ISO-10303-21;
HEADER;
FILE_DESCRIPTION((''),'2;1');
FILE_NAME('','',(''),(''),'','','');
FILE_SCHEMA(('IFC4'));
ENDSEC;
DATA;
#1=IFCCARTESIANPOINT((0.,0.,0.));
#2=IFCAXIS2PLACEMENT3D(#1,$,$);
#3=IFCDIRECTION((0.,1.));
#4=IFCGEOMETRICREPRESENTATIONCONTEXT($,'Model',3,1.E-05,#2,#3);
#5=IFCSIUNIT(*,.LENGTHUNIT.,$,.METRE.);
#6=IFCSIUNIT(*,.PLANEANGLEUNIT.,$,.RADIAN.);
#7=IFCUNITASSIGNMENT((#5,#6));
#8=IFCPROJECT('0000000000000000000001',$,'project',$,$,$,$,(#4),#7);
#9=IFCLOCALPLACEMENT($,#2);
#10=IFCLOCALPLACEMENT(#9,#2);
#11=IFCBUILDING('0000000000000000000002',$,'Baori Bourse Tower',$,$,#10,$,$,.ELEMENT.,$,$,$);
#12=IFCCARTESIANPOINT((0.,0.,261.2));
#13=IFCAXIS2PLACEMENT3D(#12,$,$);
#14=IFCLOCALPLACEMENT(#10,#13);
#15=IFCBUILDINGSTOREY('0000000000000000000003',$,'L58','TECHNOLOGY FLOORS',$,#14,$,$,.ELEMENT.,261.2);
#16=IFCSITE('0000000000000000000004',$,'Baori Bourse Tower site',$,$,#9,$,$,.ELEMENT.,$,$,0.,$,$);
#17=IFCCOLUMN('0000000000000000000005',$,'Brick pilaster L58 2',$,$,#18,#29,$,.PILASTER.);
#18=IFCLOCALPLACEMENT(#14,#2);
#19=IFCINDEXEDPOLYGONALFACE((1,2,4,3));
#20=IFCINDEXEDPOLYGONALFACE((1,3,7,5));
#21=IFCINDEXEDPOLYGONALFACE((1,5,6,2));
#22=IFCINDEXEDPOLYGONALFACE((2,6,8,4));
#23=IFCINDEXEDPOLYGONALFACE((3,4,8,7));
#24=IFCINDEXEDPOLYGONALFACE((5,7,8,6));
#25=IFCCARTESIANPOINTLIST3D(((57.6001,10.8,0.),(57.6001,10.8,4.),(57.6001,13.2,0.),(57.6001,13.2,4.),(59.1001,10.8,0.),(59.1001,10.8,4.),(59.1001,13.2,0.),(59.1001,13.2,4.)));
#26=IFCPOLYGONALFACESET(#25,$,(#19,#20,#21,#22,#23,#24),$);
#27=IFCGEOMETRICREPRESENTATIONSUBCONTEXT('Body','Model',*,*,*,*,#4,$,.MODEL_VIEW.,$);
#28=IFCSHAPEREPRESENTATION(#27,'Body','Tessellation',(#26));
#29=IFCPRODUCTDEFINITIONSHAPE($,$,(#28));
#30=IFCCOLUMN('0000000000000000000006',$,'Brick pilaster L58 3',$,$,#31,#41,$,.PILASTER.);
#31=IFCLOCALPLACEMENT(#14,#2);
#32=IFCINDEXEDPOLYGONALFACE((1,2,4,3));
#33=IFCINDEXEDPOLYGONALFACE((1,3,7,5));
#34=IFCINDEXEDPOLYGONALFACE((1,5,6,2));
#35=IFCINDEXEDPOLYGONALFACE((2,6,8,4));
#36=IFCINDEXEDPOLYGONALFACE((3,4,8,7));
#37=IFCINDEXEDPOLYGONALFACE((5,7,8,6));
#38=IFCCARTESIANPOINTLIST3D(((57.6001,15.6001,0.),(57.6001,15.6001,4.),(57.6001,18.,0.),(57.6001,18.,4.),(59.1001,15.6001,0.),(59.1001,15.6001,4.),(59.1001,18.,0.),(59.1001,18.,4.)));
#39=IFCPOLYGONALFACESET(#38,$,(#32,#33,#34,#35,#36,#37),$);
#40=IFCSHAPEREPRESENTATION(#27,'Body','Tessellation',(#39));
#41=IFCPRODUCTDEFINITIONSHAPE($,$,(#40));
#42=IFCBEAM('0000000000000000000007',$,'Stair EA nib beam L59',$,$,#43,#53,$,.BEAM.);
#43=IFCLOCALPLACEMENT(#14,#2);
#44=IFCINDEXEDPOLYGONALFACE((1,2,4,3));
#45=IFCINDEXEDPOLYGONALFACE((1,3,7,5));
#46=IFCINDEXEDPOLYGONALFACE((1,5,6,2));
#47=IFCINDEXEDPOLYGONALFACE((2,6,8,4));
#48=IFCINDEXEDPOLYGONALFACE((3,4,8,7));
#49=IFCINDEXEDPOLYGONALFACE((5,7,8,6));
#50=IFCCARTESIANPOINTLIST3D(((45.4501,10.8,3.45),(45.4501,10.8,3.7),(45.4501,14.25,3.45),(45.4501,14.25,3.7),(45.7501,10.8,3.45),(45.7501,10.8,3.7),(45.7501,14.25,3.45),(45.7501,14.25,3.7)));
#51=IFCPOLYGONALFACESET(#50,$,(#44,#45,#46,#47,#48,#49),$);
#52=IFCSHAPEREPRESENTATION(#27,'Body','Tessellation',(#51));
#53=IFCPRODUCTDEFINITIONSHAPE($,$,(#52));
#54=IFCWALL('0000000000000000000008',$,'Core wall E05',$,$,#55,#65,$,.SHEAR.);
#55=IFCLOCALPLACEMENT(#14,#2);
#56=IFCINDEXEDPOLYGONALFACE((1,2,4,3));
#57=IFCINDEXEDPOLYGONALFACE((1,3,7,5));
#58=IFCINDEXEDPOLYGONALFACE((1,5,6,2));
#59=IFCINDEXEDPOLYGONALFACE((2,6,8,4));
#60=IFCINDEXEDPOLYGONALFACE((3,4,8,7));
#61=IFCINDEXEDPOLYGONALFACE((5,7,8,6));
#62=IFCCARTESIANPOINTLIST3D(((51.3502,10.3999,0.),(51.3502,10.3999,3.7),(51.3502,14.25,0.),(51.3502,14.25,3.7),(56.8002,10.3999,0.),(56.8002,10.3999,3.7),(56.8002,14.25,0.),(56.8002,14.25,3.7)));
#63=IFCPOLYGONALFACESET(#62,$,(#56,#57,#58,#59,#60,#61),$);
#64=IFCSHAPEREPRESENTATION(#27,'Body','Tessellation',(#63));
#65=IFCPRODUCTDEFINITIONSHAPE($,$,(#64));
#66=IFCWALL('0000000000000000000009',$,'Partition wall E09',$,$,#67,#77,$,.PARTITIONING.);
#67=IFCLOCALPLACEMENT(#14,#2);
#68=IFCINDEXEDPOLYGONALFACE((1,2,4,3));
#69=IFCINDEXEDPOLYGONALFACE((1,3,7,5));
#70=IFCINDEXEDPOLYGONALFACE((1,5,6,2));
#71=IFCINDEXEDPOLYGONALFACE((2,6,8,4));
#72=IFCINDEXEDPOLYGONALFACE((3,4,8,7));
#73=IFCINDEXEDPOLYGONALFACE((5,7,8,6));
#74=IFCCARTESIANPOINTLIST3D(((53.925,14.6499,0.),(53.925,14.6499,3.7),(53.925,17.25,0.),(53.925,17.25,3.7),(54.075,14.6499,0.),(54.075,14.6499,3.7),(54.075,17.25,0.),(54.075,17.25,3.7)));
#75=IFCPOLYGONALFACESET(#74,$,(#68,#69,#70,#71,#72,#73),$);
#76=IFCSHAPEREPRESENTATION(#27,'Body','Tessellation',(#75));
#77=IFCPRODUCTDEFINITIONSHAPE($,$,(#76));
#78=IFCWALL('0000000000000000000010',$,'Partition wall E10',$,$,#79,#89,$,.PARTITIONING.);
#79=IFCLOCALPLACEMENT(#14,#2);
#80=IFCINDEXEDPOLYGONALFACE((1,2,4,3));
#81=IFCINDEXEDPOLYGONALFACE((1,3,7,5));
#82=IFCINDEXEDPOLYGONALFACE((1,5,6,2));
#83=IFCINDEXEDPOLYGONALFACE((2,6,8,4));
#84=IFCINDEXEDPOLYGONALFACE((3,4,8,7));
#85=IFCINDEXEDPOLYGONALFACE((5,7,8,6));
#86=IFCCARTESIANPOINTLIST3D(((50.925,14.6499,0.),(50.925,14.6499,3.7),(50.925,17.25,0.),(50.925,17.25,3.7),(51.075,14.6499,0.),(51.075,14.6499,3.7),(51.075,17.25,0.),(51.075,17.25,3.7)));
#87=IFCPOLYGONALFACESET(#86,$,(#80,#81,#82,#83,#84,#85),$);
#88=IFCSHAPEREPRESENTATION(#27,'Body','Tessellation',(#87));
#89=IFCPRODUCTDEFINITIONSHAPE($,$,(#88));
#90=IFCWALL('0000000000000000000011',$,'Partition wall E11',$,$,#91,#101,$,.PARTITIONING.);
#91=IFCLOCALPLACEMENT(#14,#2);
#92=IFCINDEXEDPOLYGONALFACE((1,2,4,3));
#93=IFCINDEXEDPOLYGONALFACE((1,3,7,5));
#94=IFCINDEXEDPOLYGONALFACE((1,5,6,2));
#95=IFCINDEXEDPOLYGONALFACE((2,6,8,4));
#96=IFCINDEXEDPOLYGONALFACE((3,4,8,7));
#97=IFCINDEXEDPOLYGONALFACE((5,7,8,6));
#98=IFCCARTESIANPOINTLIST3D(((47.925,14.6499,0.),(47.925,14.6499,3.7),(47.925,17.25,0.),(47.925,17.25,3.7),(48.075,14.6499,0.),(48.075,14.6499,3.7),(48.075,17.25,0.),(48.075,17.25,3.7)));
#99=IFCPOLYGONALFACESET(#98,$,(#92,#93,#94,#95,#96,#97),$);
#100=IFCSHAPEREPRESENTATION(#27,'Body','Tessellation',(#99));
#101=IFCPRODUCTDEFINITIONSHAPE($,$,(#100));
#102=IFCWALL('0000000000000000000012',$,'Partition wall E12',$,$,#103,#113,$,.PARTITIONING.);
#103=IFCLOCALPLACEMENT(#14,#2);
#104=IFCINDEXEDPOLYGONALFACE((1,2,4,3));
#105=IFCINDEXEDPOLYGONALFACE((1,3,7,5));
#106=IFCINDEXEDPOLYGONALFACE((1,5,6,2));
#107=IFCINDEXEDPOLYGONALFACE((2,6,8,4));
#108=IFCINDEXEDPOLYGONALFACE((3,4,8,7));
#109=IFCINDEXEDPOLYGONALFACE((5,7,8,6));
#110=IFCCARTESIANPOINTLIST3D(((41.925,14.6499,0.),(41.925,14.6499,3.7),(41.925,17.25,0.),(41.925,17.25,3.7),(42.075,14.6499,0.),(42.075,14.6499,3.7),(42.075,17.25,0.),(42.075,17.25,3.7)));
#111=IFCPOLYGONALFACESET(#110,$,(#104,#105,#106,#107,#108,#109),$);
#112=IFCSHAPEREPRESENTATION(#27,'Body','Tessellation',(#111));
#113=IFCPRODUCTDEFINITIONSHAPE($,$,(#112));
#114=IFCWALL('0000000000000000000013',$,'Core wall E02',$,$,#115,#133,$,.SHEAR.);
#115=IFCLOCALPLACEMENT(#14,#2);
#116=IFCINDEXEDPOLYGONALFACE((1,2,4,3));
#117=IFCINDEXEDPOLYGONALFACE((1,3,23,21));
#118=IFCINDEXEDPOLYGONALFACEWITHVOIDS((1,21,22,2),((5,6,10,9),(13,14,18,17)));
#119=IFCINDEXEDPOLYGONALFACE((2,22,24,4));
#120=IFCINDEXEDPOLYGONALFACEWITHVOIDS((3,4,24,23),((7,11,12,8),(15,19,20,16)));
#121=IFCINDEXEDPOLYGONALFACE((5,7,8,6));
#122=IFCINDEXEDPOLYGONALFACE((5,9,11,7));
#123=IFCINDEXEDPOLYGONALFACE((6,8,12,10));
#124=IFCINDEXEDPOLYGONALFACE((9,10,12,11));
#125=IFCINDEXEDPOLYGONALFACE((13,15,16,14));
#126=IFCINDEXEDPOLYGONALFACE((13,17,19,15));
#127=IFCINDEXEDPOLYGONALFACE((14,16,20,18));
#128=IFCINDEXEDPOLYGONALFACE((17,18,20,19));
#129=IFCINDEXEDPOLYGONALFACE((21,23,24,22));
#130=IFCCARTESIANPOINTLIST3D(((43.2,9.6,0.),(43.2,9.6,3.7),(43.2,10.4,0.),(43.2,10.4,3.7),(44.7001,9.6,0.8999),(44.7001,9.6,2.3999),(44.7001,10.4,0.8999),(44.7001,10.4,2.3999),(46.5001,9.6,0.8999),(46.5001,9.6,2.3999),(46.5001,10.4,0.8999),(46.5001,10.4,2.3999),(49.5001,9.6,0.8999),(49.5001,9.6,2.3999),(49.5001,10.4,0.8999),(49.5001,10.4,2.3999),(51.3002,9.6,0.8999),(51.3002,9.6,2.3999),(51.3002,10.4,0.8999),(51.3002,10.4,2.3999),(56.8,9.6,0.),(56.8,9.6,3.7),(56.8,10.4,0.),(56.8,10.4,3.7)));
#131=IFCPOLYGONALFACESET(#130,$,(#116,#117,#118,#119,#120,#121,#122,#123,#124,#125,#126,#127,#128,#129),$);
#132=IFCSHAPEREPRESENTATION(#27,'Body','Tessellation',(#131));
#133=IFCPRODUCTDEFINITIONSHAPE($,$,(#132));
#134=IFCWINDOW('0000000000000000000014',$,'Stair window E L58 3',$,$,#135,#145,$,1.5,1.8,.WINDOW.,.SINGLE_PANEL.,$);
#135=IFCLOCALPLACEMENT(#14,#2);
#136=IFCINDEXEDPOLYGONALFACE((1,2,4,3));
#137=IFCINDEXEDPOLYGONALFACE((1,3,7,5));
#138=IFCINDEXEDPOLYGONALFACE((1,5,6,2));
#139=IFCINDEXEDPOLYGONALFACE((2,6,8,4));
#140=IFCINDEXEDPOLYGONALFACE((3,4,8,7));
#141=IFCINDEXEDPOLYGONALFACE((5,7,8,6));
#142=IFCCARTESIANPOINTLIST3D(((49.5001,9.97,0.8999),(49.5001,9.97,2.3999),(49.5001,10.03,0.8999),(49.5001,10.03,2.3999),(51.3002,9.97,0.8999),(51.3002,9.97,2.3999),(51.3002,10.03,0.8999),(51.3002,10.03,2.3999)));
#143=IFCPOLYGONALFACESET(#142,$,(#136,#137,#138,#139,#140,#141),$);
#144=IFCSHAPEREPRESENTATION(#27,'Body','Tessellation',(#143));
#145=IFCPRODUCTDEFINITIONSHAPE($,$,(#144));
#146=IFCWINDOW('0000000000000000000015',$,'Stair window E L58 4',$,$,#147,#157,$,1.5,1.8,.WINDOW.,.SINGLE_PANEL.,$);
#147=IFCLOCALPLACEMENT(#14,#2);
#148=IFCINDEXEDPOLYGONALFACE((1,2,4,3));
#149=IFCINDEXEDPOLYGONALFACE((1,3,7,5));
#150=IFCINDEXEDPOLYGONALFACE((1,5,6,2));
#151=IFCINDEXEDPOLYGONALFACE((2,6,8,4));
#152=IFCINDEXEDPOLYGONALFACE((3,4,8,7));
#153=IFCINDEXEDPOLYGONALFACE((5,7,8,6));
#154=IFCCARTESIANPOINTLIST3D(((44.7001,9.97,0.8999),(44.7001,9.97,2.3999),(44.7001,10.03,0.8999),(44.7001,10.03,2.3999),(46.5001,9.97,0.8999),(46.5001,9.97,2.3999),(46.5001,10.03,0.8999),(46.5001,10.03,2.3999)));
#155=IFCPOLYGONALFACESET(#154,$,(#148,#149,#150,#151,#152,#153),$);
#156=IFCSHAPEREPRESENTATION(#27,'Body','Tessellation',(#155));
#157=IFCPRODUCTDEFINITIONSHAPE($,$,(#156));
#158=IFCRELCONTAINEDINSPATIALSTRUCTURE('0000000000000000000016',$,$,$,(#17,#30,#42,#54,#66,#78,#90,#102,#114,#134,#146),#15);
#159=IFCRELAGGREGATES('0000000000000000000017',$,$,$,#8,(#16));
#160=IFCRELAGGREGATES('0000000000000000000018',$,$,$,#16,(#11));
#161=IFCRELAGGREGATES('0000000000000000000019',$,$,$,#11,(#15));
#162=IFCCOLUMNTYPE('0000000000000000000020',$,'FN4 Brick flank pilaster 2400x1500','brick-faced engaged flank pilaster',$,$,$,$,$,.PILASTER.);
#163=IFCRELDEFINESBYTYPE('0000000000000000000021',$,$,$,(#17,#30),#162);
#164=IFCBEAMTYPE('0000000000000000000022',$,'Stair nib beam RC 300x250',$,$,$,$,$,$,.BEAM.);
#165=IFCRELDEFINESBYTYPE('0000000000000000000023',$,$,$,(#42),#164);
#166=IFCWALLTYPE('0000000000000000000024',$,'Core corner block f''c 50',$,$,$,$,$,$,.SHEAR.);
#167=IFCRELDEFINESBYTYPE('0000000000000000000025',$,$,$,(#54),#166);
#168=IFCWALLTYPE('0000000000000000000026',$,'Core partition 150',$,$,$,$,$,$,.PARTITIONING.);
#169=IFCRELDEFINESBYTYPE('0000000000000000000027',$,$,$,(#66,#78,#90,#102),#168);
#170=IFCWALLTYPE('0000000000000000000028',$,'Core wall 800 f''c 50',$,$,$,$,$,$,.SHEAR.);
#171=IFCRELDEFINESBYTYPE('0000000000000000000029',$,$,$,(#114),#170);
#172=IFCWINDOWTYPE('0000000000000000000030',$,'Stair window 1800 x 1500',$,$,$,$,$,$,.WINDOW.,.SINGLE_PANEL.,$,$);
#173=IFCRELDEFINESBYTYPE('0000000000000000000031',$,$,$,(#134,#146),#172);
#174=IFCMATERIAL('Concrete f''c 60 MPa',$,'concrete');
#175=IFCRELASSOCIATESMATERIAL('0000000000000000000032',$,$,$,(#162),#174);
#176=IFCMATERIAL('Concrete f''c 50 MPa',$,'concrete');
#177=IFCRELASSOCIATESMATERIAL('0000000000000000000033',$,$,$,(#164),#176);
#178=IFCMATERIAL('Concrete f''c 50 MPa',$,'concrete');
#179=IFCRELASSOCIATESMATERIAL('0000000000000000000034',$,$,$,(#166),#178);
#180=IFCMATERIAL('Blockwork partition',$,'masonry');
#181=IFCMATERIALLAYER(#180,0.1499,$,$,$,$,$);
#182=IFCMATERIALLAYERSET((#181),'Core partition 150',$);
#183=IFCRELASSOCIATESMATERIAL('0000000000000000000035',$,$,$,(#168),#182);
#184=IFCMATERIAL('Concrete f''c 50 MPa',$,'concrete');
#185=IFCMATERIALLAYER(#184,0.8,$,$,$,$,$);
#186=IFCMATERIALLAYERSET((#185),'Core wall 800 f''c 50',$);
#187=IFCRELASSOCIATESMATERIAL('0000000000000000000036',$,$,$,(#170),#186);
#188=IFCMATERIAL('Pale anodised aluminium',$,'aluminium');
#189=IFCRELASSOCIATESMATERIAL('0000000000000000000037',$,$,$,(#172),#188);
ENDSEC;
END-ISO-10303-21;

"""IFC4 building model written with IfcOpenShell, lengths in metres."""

from ifc_helpers import new_model, si_unit, direction, frame, frame_2d, origin, origin_2d, place, context, subcontext, project, spatial, rectangle, extrude, material, layer, layer_set, material_profile, profile_set, type_object, element, fill, save


model = new_model("IFC4")

# Units and contexts
model_context = context("Model", 3, precision=1e-05, world=origin(), true_north=direction((0.0, 1.0)))
body_context = subcontext(model_context, "Body", "Model", "MODEL_VIEW")
ifc_project = project(units=[si_unit("LENGTHUNIT", "METRE"), si_unit("PLANEANGLEUNIT", "RADIAN")], contexts=[model_context])

# Site, building, storey
site_placement = place(None, origin())
site = spatial("IfcSite", under=ifc_project, at=site_placement, Name="Baori Bourse Tower site", CompositionType="ELEMENT", RefElevation=0.0)
building_placement = place(site_placement, origin())
building = spatial("IfcBuilding", under=site, at=building_placement, Name="Baori Bourse Tower", CompositionType="ELEMENT")
storey_placement = place(building_placement, frame((0.0, 0.0, 261.2)))
storey = spatial("IfcBuildingStorey", under=building, at=storey_placement, Name="L58", Description="TECHNOLOGY FLOORS", CompositionType="ELEMENT", Elevation=261.2)

# Columns
ifc_material_1 = material(Name="Concrete f'c 60 MPa", Category="concrete")
ifc_material_profile_1 = material_profile(ifc_material_1, rectangle(XDim=2.3999, YDim=1.5, at=origin_2d()), Name="RC 2400x1500")
ifc_profile_set_1 = profile_set([ifc_material_profile_1], Name="Concrete f'c 60 MPa")
column_type = type_object("IfcColumnType", Name="FN4 Brick flank pilaster 2400x1500", Description="brick-faced engaged flank pilaster", PredefinedType="PILASTER", material=ifc_profile_set_1)
for number, where, z_axis, x_axis, name in (
    (1, (58.3501, 12.0, 0.0), (0.0, 0.0, 1.0), (0.0, 1.0, 0.0), "Brick pilaster L58 2"),
    (2, (58.3501, 16.8, 0.0), (0.0, 0.0, 1.0), (0.0, 1.0, 0.0), "Brick pilaster L58 3"),
):
    element("IfcColumn", number, at=place(storey_placement, frame(where, z_axis=z_axis, x_axis=x_axis)), inside=storey, type_object=column_type, Name=name, PredefinedType="PILASTER", context=body_context, shape_type="SweptSolid", body=[
        extrude(rectangle(XDim=2.3999, YDim=1.5, at=origin_2d()), origin(), (0.0, 0.0, 1.0), 4.0),
    ])

# Beam
ifc_material_2 = material(Name="Concrete f'c 50 MPa", Category="concrete")
ifc_material_profile_2 = material_profile(ifc_material_2, rectangle(XDim=0.3, YDim=0.25, at=origin_2d()), Name="RC 300x250")
ifc_profile_set_2 = profile_set([ifc_material_profile_2], Name="Concrete f'c 50 MPa")
beam_type = type_object("IfcBeamType", Name="Stair nib beam RC 300x250", PredefinedType="BEAM", material=ifc_profile_set_2)
beam_placement = place(storey_placement, frame((45.6001, 10.8, 3.575), z_axis=(0.0, 1.0, 0.0), x_axis=(-1.0, 0.0, 0.0)))
element("IfcBeam", 3, at=beam_placement, inside=storey, type_object=beam_type, Name="Stair EA nib beam L59", PredefinedType="BEAM", context=body_context, shape_type="SweptSolid", body=[
    extrude(rectangle(XDim=0.3, YDim=0.25, at=origin_2d()), origin(), (0.0, 0.0, 1.0), 3.45),
])

# Walls
ifc_material_3 = material(Name="Concrete f'c 50 MPa", Category="concrete")
wall_type_1 = type_object("IfcWallType", Name="Core corner block f'c 50", PredefinedType="SHEAR", material=ifc_material_3)
wall_1_placement = place(storey_placement, frame((51.3501, 12.325, 0.0), z_axis=(0.0, 0.0, 1.0), x_axis=(1.0, 0.0, 0.0)))
element("IfcWall", 4, at=wall_1_placement, inside=storey, type_object=wall_type_1, Name="Core wall E05", PredefinedType="SHEAR", context=body_context, shape_type="SweptSolid", body=[
    extrude(rectangle(XDim=5.45, YDim=3.8501, at=frame_2d((2.7251, 0.0))), origin(), (0.0, 0.0, 1.0), 3.7),
])
ifc_material_4 = material(Name="Blockwork partition", Category="masonry")
ifc_layer_1 = layer(ifc_material_4, 0.1499)
ifc_layer_set_1 = layer_set([ifc_layer_1], Name="Core partition 150")
wall_type_2 = type_object("IfcWallType", Name="Core partition 150", PredefinedType="PARTITIONING", material=ifc_layer_set_1)
for number, where, z_axis, x_axis, name in (
    (5, (54.0, 14.6499, 0.0), (0.0, 0.0, 1.0), (0.0, 1.0, 0.0), "Partition wall E09"),
    (6, (51.0, 14.6499, 0.0), (0.0, 0.0, 1.0), (0.0, 1.0, 0.0), "Partition wall E10"),
    (7, (48.0, 14.6499, 0.0), (0.0, 0.0, 1.0), (0.0, 1.0, 0.0), "Partition wall E11"),
    (8, (42.0, 14.6499, 0.0), (0.0, 0.0, 1.0), (0.0, 1.0, 0.0), "Partition wall E12"),
):
    element("IfcWall", number, at=place(storey_placement, frame(where, z_axis=z_axis, x_axis=x_axis)), inside=storey, type_object=wall_type_2, Name=name, PredefinedType="PARTITIONING", context=body_context, shape_type="SweptSolid", body=[
        extrude(rectangle(XDim=2.6001, YDim=0.1499, at=frame_2d((1.3, 0.0))), origin(), (0.0, 0.0, 1.0), 3.7),
    ])

# Wall, openings, windows
ifc_material_5 = material(Name="Concrete f'c 50 MPa", Category="concrete")
ifc_layer_2 = layer(ifc_material_5, 0.8)
ifc_layer_set_2 = layer_set([ifc_layer_2], Name="Core wall 800 f'c 50")
wall_type_3 = type_object("IfcWallType", Name="Core wall 800 f'c 50", PredefinedType="SHEAR", material=ifc_layer_set_2)
wall_2_placement = place(storey_placement, frame((56.8, 10.0, 0.0), z_axis=(0.0, 0.0, 1.0), x_axis=(-1.0, 0.0, 0.0)))
wall_2 = element("IfcWall", 9, at=wall_2_placement, inside=storey, type_object=wall_type_3, Name="Core wall E02", PredefinedType="SHEAR", context=body_context, shape_type="SweptSolid", body=[
    extrude(rectangle(XDim=13.6001, YDim=0.8, at=frame_2d((6.8, 0.0))), origin(), (0.0, 0.0, 1.0), 3.7),
])
opening_1_placement = place(wall_2_placement, frame((5.5, 0.0, 0.8999)))
opening_1 = element("IfcOpeningElement", 10, at=opening_1_placement, cuts=wall_2, PredefinedType="OPENING", context=body_context, shape_type="SweptSolid", body=[
    extrude(rectangle(XDim=1.8, YDim=1.5, at=frame_2d((0.8999, 0.75))), frame((0.0, 0.4099, 0.0), z_axis=(0.0, -1.0, 0.0), x_axis=(1.0, 0.0, 0.0)), (0.0, 0.0, 1.0), 0.8201),
])
opening_2_placement = place(wall_2_placement, frame((10.3, 0.0, 0.8999)))
opening_2 = element("IfcOpeningElement", 11, at=opening_2_placement, cuts=wall_2, PredefinedType="OPENING", context=body_context, shape_type="SweptSolid", body=[
    extrude(rectangle(XDim=1.8, YDim=1.5, at=frame_2d((0.8999, 0.75))), frame((0.0, 0.4099, 0.0), z_axis=(0.0, -1.0, 0.0), x_axis=(1.0, 0.0, 0.0)), (0.0, 0.0, 1.0), 0.8201),
])
ifc_material_6 = material(Name="Pale anodised aluminium", Category="aluminium")
window_type = type_object("IfcWindowType", Name="Stair window 1800 x 1500", PartitioningType="SINGLE_PANEL", PredefinedType="WINDOW", material=ifc_material_6)
window_1_placement = place(opening_1_placement, origin())
window_1 = element("IfcWindow", 12, at=window_1_placement, inside=storey, type_object=window_type, Name="Stair window E L58 3", OverallHeight=1.5, OverallWidth=1.8, PartitioningType="SINGLE_PANEL", PredefinedType="WINDOW", context=body_context, shape_type="SweptSolid", body=[
    extrude(rectangle(XDim=1.8, YDim=1.5, at=frame_2d((0.8999, 0.75))), frame((0.0, 0.03, 0.0), z_axis=(0.0, -1.0, 0.0), x_axis=(1.0, 0.0, 0.0)), (0.0, 0.0, 1.0), 0.0601),
])
fill(opening_1, window_1)
window_2_placement = place(opening_2_placement, origin())
window_2 = element("IfcWindow", 13, at=window_2_placement, inside=storey, type_object=window_type, Name="Stair window E L58 4", OverallHeight=1.5, OverallWidth=1.8, PartitioningType="SINGLE_PANEL", PredefinedType="WINDOW", context=body_context, shape_type="SweptSolid", body=[
    extrude(rectangle(XDim=1.8, YDim=1.5, at=frame_2d((0.8999, 0.75))), frame((0.0, 0.03, 0.0), z_axis=(0.0, -1.0, 0.0), x_axis=(1.0, 0.0, 0.0)), (0.0, 0.0, 1.0), 0.0601),
])
fill(opening_2, window_2)

save(model, "model.ifc")
